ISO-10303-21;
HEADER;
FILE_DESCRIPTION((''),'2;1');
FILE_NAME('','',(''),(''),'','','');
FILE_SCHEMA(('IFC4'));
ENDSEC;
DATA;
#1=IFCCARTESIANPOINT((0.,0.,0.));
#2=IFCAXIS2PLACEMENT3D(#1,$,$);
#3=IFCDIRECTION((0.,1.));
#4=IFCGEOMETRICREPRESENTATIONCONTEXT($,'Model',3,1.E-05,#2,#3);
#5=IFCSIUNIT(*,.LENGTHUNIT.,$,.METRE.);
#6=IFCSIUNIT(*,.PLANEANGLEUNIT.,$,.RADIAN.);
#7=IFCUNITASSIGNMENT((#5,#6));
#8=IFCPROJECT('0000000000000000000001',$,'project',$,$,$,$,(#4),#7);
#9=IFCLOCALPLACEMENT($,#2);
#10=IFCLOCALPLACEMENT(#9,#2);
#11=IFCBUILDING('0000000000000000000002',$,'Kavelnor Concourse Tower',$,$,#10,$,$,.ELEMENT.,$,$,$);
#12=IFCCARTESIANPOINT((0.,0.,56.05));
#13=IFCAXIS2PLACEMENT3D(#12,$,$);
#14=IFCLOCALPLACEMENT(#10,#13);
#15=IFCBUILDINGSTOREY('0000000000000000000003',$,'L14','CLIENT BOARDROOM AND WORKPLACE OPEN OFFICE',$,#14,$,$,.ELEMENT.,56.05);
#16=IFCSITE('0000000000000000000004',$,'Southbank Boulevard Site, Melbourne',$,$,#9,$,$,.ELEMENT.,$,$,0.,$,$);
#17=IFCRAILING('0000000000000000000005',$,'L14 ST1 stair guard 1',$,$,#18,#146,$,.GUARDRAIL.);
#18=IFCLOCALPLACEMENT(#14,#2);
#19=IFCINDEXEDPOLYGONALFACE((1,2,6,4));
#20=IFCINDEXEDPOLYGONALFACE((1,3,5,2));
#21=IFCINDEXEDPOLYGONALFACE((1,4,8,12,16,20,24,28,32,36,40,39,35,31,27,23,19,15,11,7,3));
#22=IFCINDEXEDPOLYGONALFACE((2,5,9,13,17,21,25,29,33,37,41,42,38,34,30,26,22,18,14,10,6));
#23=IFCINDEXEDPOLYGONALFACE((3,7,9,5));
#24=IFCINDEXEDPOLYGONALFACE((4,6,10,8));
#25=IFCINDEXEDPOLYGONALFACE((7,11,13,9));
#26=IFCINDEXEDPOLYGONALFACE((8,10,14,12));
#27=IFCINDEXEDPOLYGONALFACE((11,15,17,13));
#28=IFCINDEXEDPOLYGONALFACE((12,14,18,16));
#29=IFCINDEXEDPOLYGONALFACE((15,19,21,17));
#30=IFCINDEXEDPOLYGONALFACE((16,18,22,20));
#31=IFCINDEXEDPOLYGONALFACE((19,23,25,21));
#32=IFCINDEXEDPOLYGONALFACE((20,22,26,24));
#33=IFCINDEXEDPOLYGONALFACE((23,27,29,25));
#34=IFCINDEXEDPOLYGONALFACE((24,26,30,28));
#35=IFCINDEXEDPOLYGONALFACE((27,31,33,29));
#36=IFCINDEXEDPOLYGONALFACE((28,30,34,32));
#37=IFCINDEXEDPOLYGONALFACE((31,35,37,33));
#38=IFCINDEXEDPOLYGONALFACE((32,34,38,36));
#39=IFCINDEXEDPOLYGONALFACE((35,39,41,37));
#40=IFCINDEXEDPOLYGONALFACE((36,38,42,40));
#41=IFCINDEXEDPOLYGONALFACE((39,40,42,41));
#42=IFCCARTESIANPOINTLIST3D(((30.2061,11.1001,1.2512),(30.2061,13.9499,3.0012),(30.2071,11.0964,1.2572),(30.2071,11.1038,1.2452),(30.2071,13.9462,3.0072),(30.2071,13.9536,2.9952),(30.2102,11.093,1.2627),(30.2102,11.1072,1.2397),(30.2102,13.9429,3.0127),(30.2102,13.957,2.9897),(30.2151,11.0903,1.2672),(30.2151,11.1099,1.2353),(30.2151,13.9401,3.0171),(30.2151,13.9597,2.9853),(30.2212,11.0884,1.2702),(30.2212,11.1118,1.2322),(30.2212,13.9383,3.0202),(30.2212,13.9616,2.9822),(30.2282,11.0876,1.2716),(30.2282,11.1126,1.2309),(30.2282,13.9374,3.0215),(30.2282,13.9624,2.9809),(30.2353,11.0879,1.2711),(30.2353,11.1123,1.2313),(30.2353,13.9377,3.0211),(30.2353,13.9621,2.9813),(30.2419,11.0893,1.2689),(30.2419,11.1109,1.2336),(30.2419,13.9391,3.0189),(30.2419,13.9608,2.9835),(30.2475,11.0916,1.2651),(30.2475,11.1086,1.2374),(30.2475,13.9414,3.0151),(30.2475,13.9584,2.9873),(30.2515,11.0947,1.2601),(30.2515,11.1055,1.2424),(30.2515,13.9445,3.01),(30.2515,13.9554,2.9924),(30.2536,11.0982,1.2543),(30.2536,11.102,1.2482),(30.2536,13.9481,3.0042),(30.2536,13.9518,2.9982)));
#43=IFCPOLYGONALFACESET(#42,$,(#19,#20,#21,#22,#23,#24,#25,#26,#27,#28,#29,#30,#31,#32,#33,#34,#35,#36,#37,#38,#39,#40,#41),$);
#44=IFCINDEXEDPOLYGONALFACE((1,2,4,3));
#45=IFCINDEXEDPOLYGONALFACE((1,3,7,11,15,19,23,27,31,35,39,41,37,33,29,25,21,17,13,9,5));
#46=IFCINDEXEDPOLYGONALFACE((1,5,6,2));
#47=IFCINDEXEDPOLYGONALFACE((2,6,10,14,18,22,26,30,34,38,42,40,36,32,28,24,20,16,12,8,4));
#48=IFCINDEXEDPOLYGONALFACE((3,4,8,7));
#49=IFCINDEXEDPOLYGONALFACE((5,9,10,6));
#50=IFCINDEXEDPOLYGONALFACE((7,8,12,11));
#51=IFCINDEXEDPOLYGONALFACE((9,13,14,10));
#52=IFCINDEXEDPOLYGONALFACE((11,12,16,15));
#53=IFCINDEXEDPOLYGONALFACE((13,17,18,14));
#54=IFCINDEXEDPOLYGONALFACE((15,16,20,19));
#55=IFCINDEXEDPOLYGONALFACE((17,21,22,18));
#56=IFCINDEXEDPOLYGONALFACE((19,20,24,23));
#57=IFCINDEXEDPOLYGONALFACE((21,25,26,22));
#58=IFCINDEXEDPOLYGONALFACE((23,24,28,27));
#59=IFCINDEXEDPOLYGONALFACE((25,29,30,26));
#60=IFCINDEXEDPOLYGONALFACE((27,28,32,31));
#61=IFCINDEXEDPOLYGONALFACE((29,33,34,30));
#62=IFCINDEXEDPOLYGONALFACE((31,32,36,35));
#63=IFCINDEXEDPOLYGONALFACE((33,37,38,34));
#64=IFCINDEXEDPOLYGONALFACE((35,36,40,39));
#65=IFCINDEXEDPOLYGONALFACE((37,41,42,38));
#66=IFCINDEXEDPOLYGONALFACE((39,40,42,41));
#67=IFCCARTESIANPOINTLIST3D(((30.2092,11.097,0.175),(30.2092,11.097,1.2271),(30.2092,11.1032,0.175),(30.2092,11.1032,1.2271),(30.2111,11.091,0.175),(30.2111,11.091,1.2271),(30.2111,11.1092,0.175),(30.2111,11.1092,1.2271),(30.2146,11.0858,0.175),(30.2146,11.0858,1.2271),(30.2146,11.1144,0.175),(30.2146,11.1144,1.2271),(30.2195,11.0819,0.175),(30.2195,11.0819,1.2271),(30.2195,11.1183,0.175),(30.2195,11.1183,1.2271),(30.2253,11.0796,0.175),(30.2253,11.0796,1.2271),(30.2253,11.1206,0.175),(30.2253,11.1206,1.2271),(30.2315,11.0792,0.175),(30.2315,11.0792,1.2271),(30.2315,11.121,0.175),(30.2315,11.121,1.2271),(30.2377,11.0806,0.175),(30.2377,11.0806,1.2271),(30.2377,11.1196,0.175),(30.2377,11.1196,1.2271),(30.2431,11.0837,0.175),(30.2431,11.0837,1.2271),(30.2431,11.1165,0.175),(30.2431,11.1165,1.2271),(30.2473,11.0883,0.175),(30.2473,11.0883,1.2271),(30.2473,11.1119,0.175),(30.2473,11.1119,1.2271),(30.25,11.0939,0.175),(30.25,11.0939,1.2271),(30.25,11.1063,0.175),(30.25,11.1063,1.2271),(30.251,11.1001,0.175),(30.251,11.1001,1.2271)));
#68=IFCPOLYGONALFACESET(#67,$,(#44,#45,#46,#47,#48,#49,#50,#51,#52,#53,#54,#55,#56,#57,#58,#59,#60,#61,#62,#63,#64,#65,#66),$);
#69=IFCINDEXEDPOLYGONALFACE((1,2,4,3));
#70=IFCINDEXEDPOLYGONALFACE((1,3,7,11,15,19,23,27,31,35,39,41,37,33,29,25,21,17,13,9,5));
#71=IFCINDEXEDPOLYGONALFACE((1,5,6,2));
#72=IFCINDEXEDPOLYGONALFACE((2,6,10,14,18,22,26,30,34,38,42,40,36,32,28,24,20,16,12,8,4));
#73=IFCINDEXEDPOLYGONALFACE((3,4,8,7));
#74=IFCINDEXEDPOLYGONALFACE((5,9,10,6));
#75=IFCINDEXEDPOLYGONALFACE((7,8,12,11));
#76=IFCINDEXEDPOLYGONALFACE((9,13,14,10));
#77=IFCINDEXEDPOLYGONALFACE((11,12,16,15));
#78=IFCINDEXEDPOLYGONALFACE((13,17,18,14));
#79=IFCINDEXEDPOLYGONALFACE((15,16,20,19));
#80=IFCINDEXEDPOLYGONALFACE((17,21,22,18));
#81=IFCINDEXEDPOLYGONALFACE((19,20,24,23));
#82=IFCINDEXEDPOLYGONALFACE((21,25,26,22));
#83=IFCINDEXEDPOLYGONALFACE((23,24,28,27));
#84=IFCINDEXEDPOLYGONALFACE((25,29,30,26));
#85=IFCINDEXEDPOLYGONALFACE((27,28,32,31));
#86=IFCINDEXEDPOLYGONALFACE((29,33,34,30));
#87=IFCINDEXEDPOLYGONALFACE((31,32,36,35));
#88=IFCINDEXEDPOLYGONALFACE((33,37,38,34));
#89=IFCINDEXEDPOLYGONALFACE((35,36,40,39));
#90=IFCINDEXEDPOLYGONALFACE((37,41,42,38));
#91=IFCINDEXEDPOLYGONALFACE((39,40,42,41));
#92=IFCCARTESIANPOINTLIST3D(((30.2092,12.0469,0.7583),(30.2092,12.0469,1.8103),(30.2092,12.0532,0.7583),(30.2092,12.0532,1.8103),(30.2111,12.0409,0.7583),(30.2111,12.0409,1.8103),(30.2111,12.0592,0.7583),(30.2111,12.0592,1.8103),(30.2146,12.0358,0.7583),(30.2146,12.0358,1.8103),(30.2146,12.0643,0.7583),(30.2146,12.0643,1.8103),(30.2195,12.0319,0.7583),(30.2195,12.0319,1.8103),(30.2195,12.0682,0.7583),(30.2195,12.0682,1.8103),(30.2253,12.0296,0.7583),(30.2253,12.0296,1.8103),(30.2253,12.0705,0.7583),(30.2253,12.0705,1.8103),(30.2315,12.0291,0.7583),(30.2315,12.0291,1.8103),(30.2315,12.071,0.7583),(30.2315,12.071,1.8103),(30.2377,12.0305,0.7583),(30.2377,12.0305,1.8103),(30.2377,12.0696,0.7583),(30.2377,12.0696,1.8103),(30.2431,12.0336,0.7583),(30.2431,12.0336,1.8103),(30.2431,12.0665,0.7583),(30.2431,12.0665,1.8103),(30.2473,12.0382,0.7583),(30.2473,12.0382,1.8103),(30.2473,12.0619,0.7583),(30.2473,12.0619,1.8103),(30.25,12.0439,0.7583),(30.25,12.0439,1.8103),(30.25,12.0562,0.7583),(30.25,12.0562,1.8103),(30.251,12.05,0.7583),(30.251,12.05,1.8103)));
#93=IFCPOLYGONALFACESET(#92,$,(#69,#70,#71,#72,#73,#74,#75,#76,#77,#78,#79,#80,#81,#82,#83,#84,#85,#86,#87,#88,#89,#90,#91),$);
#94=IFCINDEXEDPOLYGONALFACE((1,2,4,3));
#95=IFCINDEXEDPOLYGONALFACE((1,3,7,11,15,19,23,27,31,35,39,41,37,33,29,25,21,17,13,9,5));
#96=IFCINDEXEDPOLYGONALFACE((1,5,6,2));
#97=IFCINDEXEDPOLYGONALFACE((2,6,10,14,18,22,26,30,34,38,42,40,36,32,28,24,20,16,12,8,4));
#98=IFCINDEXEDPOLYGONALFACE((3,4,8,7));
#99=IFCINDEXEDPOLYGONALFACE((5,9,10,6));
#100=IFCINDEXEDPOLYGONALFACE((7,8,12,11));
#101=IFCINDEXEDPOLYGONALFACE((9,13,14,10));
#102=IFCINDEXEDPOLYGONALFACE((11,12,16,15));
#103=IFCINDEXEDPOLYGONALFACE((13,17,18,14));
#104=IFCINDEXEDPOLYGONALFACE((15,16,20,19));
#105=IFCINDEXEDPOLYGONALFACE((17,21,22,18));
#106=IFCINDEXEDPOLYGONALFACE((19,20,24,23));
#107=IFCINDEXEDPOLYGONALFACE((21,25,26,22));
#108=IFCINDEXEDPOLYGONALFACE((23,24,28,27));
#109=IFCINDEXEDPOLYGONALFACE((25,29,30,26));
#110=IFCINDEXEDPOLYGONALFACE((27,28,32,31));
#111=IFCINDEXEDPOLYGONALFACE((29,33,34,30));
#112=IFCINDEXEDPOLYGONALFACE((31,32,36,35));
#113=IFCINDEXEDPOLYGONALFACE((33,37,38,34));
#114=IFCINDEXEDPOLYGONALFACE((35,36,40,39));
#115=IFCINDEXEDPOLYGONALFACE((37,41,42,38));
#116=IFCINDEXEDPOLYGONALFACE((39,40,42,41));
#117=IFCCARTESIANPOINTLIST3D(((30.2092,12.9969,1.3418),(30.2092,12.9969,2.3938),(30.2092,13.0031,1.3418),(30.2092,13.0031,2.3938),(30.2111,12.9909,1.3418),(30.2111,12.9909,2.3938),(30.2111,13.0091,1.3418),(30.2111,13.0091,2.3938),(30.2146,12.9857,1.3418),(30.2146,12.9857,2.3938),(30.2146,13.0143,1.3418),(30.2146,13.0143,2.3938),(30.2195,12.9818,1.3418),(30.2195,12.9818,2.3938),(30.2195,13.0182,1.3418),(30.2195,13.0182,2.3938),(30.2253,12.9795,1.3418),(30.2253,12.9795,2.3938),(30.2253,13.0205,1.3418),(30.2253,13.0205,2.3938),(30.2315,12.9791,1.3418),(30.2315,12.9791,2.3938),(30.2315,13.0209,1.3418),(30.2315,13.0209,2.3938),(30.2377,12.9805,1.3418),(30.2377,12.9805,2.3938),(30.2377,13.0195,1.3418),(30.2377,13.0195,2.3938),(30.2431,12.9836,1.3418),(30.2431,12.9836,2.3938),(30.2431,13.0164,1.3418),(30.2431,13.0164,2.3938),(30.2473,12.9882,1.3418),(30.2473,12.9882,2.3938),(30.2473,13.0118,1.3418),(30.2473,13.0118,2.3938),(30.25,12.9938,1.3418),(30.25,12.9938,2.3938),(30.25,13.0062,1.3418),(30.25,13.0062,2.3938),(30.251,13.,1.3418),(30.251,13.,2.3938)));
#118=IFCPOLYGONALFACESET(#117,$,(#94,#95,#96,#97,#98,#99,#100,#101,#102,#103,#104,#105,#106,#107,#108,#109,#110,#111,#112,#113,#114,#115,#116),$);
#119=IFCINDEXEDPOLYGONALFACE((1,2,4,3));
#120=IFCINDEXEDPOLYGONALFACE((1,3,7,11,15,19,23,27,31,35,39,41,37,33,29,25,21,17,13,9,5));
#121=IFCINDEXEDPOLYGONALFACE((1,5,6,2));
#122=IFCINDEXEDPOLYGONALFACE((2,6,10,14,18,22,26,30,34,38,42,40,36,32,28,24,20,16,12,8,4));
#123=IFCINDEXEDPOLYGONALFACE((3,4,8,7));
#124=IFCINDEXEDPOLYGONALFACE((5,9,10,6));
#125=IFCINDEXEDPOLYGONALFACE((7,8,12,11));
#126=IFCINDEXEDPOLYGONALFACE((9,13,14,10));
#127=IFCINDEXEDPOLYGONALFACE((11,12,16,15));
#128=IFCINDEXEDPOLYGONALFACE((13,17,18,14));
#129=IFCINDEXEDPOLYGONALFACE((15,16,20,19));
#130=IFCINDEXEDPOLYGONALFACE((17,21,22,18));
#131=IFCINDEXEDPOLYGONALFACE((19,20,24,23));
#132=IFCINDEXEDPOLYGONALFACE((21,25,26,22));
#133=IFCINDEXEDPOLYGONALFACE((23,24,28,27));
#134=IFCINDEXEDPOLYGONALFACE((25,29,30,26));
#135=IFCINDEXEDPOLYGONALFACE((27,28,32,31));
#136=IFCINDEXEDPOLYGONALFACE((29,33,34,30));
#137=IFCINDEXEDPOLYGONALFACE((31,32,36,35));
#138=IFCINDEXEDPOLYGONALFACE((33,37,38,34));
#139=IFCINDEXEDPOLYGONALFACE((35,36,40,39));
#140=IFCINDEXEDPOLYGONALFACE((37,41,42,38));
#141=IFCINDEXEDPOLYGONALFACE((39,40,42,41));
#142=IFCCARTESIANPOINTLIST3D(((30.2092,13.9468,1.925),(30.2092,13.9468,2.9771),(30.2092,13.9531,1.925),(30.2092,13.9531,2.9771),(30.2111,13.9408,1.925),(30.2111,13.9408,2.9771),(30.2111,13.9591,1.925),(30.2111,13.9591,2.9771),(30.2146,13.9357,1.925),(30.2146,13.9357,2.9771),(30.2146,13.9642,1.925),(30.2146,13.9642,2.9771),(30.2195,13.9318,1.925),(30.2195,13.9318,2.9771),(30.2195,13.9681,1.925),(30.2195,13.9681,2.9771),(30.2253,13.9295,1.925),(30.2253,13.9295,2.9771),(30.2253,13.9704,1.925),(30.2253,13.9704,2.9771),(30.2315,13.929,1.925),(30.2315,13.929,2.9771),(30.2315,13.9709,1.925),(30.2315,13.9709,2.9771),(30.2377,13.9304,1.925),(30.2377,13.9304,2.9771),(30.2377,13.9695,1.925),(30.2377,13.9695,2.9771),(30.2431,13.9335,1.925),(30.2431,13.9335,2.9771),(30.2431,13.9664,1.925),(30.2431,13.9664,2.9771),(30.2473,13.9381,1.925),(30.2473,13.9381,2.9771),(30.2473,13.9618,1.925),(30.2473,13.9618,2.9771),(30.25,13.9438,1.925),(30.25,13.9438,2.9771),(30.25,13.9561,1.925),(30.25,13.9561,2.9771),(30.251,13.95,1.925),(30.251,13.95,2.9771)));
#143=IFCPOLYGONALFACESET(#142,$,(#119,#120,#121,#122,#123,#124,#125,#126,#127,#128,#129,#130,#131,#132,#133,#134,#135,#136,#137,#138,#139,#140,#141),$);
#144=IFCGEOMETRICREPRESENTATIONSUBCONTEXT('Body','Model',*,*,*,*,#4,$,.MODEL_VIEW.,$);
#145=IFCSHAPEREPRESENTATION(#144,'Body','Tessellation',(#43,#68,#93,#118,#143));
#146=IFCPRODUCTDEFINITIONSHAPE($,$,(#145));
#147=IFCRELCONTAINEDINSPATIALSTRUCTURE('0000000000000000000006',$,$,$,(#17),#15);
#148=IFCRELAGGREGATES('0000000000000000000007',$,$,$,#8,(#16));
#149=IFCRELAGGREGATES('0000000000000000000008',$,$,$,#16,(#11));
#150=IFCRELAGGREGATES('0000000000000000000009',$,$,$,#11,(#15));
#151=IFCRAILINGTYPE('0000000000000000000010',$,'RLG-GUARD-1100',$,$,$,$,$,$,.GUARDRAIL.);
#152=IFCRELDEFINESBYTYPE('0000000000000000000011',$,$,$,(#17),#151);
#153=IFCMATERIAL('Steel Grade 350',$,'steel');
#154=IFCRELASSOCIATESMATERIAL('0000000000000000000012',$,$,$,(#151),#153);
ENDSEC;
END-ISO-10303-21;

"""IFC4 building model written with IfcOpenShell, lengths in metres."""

from ifc_helpers import new_model, si_unit, direction, frame, origin, origin_2d, place, context, subcontext, project, spatial, circle, extrude, material, type_object, element, save


model = new_model("IFC4")

# Units and contexts
model_context = context("Model", 3, precision=1e-05, world=origin(), true_north=direction((0.0, 1.0)))
body_context = subcontext(model_context, "Body", "Model", "MODEL_VIEW")
ifc_project = project(units=[si_unit("LENGTHUNIT", "METRE"), si_unit("PLANEANGLEUNIT", "RADIAN")], contexts=[model_context])

# Site, building, storey
site_placement = place(None, origin())
site = spatial("IfcSite", under=ifc_project, at=site_placement, Name="Southbank Boulevard Site, Melbourne", CompositionType="ELEMENT", RefElevation=0.0)
building_placement = place(site_placement, origin())
building = spatial("IfcBuilding", under=site, at=building_placement, Name="Kavelnor Concourse Tower", CompositionType="ELEMENT")
storey_placement = place(building_placement, frame((0.0, 0.0, 56.05)))
storey = spatial("IfcBuildingStorey", under=building, at=storey_placement, Name="L14", Description="CLIENT BOARDROOM AND WORKPLACE OPEN OFFICE", CompositionType="ELEMENT", Elevation=56.05)

# Shared definitions
ifc_material_1 = material(Name="Steel Grade 350", Category="steel")

# Railing
railing_type_1 = type_object("IfcRailingType", Name="RLG-GUARD-1100", PredefinedType="GUARDRAIL", material=ifc_material_1)
railing_1_placement = place(storey_placement, frame((30.23, 11.1001, 0.175)))
element("IfcRailing", 1, at=railing_1_placement, inside=storey, type_object=railing_type_1, Name="L14 ST1 stair guard 1", PredefinedType="GUARDRAIL", context=body_context, shape_type="SweptSolid", body=[
    extrude(circle(Radius=0.0239, at=origin_2d()), frame((0.0, 0.0, 1.0762), z_axis=(0.0, 0.852159, 0.523283), x_axis=(-1.0, 0.0, 0.0)), (0.0, 0.0, 1.0), 3.3442),
    extrude(circle(Radius=0.021, at=origin_2d()), origin(), (0.0, 0.0, 1.0), 1.052),
    extrude(circle(Radius=0.021, at=origin_2d()), frame((0.0, 0.95, 0.5833)), (0.0, 0.0, 1.0), 1.052),
    extrude(circle(Radius=0.021, at=origin_2d()), frame((0.0, 1.8999, 1.1667)), (0.0, 0.0, 1.0), 1.052),
    extrude(circle(Radius=0.021, at=origin_2d()), frame((0.0, 2.8499, 1.75)), (0.0, 0.0, 1.0), 1.052),
])

save(model, "model.ifc")
